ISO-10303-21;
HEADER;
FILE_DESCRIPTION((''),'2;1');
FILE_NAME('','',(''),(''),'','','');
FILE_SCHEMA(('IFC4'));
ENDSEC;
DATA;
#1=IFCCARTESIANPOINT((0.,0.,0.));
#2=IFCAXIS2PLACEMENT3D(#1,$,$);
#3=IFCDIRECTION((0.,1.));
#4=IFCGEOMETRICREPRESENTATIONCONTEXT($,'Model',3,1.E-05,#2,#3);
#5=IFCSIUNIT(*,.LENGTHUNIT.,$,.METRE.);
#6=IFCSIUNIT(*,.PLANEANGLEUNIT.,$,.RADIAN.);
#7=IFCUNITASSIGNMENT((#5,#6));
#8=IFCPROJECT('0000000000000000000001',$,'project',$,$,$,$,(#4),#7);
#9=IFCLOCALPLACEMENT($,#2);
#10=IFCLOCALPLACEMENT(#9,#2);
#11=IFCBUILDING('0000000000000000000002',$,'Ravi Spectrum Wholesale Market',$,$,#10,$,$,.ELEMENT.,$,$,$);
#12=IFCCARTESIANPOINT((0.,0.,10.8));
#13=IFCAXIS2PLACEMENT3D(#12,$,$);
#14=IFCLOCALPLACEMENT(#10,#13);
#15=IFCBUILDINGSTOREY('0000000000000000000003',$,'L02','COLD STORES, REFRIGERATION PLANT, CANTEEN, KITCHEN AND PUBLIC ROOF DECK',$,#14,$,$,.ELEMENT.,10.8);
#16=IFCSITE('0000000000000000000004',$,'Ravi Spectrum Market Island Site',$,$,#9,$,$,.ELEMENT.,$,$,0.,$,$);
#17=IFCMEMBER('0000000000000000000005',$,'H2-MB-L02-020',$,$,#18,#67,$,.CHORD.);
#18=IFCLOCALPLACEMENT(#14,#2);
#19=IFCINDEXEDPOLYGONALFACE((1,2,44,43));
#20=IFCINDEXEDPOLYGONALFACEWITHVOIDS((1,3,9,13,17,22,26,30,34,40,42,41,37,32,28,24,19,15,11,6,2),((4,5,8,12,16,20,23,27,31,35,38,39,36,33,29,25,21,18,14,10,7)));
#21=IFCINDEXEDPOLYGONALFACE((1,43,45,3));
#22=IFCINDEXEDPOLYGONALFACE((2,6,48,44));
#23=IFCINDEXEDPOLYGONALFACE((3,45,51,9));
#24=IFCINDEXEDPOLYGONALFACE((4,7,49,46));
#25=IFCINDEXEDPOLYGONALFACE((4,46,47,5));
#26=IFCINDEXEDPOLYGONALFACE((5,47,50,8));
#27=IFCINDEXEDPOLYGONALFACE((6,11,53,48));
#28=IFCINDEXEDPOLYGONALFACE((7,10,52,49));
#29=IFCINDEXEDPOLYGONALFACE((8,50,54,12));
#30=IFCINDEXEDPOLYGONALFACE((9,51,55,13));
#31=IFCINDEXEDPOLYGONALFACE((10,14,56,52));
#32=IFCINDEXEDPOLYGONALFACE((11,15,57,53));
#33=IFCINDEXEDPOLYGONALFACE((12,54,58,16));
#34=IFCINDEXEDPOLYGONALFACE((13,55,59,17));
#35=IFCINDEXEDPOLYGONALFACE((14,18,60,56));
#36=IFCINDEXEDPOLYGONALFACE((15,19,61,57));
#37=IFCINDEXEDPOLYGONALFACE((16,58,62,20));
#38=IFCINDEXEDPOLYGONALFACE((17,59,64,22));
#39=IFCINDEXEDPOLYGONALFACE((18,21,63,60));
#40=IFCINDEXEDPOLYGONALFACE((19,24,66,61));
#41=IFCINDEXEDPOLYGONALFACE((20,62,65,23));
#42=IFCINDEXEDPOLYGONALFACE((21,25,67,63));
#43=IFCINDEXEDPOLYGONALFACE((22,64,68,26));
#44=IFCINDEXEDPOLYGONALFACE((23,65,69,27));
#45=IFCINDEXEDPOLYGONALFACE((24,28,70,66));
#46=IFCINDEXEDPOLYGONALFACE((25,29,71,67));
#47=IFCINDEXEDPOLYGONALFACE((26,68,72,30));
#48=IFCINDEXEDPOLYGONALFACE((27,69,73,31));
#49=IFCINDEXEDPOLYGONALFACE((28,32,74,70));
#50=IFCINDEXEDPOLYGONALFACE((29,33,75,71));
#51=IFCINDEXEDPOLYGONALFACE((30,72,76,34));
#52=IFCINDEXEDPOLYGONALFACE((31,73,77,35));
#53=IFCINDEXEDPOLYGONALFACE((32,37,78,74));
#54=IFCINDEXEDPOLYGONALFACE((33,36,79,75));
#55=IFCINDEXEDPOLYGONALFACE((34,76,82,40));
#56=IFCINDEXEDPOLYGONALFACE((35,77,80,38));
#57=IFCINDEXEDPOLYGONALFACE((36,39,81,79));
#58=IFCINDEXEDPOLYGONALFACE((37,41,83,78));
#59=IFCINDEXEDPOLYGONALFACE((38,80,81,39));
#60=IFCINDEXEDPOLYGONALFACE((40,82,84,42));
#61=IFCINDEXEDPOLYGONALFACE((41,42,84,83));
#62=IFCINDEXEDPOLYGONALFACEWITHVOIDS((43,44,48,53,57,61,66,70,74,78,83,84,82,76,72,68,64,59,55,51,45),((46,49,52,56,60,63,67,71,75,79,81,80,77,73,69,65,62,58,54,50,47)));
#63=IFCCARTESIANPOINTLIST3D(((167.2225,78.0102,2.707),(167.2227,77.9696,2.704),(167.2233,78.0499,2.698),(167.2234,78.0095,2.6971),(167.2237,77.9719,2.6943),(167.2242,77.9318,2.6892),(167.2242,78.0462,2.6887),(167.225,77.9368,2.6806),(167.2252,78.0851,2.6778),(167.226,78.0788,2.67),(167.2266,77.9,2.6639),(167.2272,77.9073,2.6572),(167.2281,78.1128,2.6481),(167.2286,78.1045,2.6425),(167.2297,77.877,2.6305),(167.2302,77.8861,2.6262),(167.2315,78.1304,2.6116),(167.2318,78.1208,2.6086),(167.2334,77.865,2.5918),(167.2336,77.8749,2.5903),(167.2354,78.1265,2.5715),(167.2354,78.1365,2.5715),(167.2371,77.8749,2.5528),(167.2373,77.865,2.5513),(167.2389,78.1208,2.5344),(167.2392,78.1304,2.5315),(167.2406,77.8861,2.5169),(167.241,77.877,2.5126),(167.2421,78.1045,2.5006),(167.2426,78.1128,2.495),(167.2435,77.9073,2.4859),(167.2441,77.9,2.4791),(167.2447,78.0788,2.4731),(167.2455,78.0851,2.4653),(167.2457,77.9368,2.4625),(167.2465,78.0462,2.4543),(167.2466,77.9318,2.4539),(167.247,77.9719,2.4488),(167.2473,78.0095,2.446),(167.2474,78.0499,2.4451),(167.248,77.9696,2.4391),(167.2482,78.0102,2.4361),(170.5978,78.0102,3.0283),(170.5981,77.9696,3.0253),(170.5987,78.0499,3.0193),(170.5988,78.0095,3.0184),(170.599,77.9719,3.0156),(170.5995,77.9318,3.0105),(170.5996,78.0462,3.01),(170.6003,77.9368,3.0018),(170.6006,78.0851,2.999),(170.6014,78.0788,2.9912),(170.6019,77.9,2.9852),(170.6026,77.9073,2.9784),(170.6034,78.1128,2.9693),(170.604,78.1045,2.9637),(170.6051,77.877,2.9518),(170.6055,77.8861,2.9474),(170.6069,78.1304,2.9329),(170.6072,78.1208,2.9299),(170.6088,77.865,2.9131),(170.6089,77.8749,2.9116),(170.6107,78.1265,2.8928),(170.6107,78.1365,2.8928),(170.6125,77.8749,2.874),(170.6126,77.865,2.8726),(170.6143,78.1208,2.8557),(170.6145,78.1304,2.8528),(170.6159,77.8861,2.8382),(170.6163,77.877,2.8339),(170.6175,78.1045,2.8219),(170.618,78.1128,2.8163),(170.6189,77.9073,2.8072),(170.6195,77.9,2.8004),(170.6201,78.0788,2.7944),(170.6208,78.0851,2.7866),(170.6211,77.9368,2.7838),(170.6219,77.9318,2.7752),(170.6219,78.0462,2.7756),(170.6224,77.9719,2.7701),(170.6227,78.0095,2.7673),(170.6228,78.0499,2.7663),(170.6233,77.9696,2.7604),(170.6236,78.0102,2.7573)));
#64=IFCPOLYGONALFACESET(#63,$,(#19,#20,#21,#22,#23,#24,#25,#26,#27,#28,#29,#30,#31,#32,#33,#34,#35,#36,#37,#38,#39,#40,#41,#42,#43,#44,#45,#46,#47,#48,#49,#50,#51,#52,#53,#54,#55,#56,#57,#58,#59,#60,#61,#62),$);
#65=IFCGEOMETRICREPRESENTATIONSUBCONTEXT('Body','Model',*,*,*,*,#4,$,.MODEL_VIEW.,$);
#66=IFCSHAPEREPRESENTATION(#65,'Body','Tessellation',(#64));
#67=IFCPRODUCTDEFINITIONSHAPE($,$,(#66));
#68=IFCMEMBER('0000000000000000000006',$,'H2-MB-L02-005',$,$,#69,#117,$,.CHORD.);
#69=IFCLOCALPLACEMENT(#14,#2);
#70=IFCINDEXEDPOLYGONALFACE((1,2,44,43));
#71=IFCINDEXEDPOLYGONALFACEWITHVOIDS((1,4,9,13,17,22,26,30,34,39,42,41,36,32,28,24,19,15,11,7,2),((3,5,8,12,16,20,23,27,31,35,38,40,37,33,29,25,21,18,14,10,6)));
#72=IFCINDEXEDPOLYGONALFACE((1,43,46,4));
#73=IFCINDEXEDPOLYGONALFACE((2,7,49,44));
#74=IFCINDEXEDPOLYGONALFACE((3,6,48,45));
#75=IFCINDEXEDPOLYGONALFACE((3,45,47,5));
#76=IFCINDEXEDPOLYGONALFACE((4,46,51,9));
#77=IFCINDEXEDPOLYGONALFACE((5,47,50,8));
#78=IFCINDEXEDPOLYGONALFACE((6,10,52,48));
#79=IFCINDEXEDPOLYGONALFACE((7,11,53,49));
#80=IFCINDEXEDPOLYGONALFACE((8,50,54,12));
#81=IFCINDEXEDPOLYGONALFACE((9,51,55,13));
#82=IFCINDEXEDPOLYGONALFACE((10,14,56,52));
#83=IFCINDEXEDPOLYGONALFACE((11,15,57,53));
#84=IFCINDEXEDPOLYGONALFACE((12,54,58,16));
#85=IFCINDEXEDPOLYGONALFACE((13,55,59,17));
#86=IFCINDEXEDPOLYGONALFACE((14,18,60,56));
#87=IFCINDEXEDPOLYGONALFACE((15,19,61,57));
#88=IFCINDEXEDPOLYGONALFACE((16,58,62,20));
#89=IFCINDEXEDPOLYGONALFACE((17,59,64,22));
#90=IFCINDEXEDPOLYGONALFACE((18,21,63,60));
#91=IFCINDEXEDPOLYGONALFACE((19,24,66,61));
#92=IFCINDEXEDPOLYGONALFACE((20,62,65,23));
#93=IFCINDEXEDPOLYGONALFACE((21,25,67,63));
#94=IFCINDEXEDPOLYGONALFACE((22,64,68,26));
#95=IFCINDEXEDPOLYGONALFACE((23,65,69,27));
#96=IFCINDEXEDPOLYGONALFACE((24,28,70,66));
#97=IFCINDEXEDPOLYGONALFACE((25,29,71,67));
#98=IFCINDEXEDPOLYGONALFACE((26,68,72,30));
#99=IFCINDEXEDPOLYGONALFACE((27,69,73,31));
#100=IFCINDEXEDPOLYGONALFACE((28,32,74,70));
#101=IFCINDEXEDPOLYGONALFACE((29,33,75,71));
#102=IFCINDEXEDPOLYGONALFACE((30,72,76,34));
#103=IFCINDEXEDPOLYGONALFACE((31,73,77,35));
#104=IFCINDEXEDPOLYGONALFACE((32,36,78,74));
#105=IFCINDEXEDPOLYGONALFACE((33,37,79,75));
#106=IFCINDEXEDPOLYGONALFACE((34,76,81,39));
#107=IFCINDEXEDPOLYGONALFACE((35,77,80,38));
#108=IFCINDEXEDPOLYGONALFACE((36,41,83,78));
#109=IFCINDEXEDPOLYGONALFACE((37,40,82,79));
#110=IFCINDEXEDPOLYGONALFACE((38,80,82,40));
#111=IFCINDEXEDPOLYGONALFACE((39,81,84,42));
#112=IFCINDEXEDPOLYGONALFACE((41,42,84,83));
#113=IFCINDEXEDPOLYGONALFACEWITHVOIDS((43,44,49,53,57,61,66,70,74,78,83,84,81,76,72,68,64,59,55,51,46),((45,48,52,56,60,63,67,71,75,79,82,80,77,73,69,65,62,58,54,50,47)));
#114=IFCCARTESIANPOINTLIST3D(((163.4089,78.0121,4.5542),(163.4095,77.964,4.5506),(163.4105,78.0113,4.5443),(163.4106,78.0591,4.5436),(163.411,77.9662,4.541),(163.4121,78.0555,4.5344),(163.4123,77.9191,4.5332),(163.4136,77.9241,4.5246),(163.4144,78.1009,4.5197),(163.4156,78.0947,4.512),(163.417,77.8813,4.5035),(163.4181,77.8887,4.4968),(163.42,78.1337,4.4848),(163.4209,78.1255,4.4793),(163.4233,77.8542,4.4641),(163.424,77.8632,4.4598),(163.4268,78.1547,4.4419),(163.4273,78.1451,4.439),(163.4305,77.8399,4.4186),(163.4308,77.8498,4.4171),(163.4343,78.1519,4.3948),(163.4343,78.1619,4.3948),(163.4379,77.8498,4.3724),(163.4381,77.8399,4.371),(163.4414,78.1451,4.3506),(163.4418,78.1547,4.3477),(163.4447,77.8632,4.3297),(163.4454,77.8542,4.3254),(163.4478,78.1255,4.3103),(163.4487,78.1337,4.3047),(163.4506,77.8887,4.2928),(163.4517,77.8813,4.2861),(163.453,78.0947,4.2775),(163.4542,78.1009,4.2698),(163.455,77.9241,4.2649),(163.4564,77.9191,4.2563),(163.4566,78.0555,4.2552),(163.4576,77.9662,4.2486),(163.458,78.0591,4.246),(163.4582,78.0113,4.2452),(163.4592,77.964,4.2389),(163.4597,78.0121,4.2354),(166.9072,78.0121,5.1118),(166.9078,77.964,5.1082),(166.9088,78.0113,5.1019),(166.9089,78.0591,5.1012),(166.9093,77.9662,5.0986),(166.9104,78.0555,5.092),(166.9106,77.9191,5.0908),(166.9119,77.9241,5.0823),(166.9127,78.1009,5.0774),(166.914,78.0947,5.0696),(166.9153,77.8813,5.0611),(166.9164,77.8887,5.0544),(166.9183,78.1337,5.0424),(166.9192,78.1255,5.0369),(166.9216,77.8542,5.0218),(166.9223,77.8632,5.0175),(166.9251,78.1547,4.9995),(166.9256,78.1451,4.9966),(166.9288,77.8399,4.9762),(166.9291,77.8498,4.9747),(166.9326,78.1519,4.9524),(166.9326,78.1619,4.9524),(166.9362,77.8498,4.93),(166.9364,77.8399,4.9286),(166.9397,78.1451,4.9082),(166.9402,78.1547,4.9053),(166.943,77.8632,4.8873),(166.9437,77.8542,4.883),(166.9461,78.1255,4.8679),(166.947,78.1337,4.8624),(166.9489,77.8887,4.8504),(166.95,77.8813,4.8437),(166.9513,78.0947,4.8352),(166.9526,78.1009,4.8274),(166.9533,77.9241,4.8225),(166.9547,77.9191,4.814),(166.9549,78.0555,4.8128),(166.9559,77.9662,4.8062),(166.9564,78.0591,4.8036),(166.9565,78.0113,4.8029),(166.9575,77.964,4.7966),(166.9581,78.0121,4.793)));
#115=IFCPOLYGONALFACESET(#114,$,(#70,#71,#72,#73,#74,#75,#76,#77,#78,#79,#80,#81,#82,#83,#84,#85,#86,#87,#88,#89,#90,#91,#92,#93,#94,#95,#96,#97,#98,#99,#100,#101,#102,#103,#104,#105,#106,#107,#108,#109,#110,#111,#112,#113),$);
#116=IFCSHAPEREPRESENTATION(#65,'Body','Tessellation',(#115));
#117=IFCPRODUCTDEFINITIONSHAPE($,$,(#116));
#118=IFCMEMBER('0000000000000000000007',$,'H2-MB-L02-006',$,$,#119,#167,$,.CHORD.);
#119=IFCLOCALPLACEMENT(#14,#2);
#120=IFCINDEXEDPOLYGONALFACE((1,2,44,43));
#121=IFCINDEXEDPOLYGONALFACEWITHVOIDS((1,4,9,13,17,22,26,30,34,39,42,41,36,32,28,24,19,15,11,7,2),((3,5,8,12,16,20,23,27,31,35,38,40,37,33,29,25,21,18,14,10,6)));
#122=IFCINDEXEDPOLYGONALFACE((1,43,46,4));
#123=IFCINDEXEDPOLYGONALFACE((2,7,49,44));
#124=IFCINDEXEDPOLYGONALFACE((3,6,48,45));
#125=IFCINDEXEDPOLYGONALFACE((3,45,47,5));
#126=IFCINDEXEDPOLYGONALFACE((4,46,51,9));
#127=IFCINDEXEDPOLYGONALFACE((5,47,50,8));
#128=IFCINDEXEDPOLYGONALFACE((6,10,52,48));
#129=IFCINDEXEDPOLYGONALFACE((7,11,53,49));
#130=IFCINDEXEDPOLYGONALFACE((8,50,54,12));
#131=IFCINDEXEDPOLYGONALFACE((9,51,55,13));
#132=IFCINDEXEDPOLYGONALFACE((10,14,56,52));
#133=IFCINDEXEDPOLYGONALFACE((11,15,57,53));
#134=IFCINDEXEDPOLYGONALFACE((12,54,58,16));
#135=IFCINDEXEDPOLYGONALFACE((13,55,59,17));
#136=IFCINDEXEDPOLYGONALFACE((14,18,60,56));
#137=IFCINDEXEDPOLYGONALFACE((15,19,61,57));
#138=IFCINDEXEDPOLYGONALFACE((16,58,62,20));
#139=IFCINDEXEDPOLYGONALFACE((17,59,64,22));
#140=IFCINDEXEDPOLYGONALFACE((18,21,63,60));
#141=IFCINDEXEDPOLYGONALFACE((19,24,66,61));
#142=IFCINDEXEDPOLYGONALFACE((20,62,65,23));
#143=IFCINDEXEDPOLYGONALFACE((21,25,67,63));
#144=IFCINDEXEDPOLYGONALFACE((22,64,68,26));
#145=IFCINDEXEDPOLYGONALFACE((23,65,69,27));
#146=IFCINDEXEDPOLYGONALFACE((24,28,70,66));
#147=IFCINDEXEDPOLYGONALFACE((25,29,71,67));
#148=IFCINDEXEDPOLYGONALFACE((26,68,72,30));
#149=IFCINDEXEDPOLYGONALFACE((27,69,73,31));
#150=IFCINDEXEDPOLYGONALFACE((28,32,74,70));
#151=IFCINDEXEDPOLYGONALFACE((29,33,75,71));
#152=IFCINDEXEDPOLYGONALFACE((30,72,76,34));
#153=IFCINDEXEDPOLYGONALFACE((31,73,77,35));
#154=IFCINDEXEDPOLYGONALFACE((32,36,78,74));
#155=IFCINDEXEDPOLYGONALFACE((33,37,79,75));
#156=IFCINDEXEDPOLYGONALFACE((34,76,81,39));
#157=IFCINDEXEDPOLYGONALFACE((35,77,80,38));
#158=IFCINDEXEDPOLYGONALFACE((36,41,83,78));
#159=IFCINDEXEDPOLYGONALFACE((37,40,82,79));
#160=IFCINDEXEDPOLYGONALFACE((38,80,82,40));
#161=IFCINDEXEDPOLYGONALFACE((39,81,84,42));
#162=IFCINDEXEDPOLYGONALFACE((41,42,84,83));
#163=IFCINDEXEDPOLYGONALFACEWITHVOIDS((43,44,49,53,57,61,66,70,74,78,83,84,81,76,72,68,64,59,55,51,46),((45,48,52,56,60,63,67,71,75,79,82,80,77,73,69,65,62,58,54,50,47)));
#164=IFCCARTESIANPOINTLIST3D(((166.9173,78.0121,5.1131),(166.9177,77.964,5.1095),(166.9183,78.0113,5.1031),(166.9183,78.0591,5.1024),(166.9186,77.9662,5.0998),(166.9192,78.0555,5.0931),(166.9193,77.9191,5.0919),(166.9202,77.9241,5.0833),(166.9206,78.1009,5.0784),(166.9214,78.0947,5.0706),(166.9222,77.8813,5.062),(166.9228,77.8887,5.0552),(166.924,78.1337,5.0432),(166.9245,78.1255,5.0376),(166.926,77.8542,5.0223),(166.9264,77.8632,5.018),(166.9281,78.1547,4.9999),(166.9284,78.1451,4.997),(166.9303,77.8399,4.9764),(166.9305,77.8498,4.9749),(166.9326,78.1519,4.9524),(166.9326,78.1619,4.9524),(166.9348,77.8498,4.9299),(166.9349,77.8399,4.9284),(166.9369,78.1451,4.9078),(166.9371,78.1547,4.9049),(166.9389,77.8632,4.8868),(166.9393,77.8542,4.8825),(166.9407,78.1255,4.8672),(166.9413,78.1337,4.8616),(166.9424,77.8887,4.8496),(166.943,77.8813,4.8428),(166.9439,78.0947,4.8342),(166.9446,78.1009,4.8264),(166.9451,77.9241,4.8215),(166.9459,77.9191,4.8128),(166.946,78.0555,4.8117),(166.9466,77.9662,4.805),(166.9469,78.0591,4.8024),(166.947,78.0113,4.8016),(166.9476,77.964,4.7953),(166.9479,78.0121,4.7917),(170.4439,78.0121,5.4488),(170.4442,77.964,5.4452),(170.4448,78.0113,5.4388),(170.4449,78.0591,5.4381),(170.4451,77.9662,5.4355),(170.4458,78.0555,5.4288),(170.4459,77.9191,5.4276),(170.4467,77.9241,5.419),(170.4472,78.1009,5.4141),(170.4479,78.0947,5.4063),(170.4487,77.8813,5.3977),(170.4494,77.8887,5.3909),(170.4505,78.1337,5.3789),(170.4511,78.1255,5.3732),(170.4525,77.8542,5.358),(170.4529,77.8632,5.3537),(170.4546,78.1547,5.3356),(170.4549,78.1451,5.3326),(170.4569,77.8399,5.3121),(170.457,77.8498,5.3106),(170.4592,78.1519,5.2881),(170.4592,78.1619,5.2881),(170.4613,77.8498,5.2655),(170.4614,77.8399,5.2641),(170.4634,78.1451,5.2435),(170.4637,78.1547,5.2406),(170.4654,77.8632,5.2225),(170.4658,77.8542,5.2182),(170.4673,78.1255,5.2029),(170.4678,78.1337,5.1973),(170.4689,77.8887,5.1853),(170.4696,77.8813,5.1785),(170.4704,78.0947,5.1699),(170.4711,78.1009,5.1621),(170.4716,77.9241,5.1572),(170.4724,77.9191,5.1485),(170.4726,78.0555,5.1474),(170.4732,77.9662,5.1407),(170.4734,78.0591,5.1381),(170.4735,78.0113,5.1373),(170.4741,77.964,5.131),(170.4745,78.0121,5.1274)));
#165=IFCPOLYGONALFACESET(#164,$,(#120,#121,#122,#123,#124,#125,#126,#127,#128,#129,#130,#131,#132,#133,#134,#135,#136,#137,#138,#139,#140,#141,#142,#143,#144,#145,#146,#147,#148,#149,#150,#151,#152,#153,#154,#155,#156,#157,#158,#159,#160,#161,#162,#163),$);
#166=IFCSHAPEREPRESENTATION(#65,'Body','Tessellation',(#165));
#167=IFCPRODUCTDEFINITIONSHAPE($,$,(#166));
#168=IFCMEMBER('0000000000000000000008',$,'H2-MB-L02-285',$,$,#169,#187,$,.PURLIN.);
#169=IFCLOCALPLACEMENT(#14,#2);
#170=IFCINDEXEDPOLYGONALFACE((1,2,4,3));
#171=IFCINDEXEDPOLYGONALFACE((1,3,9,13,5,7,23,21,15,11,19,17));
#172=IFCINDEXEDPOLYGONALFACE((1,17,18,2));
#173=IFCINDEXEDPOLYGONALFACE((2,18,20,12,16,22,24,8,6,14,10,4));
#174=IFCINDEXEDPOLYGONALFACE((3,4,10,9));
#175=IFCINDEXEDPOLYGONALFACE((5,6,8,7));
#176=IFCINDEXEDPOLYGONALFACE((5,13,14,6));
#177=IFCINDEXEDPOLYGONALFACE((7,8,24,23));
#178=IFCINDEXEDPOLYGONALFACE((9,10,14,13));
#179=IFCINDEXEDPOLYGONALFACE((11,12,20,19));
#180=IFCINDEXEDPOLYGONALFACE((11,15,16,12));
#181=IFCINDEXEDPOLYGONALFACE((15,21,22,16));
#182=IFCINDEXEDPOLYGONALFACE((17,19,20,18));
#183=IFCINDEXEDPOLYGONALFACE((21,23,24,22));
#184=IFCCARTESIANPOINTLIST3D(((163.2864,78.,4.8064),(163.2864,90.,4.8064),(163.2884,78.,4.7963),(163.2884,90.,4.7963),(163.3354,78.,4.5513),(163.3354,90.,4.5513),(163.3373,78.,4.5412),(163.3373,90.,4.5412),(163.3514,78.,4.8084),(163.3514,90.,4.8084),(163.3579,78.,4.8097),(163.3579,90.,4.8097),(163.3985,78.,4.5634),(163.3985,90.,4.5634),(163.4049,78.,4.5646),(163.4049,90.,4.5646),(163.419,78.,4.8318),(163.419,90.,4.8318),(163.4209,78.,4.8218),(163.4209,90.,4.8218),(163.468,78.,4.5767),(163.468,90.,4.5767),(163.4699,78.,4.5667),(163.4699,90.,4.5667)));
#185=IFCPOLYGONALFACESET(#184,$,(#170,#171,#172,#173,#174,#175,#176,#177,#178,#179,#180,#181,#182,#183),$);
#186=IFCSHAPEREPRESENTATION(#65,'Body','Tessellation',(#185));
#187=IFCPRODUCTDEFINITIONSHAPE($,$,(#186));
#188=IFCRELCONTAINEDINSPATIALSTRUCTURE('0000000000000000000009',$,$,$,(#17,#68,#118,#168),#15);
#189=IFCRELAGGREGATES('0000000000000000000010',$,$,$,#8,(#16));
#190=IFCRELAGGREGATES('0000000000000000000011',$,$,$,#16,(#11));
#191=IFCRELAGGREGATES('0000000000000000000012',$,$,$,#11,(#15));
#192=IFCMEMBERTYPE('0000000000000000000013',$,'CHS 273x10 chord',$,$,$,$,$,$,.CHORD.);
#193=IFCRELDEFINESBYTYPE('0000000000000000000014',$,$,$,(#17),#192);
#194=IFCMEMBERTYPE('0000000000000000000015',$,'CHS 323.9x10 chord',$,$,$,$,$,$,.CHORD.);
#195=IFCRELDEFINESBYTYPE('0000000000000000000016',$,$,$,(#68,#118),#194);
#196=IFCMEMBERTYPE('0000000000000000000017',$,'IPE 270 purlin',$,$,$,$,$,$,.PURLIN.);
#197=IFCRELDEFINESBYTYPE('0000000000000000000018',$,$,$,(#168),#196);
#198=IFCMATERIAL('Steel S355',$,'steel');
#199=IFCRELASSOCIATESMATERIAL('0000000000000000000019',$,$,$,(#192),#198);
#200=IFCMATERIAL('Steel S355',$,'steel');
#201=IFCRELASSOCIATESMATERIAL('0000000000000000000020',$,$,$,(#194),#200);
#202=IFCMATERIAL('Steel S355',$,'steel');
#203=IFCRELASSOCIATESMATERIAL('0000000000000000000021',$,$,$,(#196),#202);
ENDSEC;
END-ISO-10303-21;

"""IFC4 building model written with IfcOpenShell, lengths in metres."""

from ifc_helpers import new_model, si_unit, direction, frame, origin, origin_2d, place, context, subcontext, project, spatial, hollow_circle, i_section, extrude, material, material_profile, profile_set, type_object, element, save


model = new_model("IFC4")

# Units and contexts
model_context = context("Model", 3, precision=1e-05, world=origin(), true_north=direction((0.0, 1.0)))
body_context = subcontext(model_context, "Body", "Model", "MODEL_VIEW")
ifc_project = project(units=[si_unit("LENGTHUNIT", "METRE"), si_unit("PLANEANGLEUNIT", "RADIAN")], contexts=[model_context])

# Site, building, storey
site_placement = place(None, origin())
site = spatial("IfcSite", under=ifc_project, at=site_placement, Name="Ravi Spectrum Market Island Site", CompositionType="ELEMENT", RefElevation=0.0)
building_placement = place(site_placement, origin())
building = spatial("IfcBuilding", under=site, at=building_placement, Name="Ravi Spectrum Wholesale Market", CompositionType="ELEMENT")
storey_placement = place(building_placement, frame((0.0, 0.0, 10.8)))
storey = spatial("IfcBuildingStorey", under=building, at=storey_placement, Name="L02", Description="COLD STORES, REFRIGERATION PLANT, CANTEEN, KITCHEN AND PUBLIC ROOF DECK", CompositionType="ELEMENT", Elevation=10.8)

# Members
ifc_material_1 = material(Name="Steel S355", Category="steel")
ifc_material_profile_1 = material_profile(ifc_material_1, hollow_circle(Radius=0.1365, WallThickness=0.01, at=origin_2d()))
ifc_profile_set_1 = profile_set([ifc_material_profile_1], Name="Steel S355")
member_type_1 = type_object("IfcMemberType", Name="CHS 273x10 chord", PredefinedType="CHORD", material=ifc_profile_set_1)
member_1_placement = place(storey_placement, frame((167.2354, 78.0, 2.5715), z_axis=(0.995501, 0.0, 0.094755), x_axis=(0.0, 1.0, 0.0)))
element("IfcMember", 1, at=member_1_placement, inside=storey, type_object=member_type_1, Name="H2-MB-L02-020", PredefinedType="CHORD", context=body_context, shape_type="SweptSolid", body=[
    extrude(hollow_circle(Radius=0.1365, WallThickness=0.01, at=origin_2d()), origin(), (0.0, 0.0, 1.0), 3.3906),
])
ifc_material_2 = material(Name="Steel S355", Category="steel")
ifc_material_profile_2 = material_profile(ifc_material_2, hollow_circle(Radius=0.1619, WallThickness=0.01, at=origin_2d()))
ifc_profile_set_2 = profile_set([ifc_material_profile_2], Name="Steel S355")
member_type_2 = type_object("IfcMemberType", Name="CHS 323.9x10 chord", PredefinedType="CHORD", material=ifc_profile_set_2)
for number, where, z_axis, x_axis, name in (
    (2, (163.4343, 78.0, 4.3948), (0.987533, 0.0, 0.15741), (0.0, 1.0, 0.0), "H2-MB-L02-005"),
    (3, (166.9326, 78.0, 4.9524), (0.9955, 0.0, 0.09476), (0.0, 1.0, 0.0), "H2-MB-L02-006"),
):
    element("IfcMember", number, at=place(storey_placement, frame(where, z_axis=z_axis, x_axis=x_axis)), inside=storey, type_object=member_type_2, Name=name, PredefinedType="CHORD", context=body_context, shape_type="SweptSolid", body=[
        extrude(hollow_circle(Radius=0.1619, WallThickness=0.01, at=origin_2d()), origin(), (0.0, 0.0, 1.0), 3.5425),
    ])
ifc_material_3 = material(Name="Steel S355", Category="steel")
ifc_material_profile_3 = material_profile(ifc_material_3, i_section(OverallWidth=0.135, OverallDepth=0.27, WebThickness=0.0066, FlangeThickness=0.0103, at=origin_2d()))
ifc_profile_set_3 = profile_set([ifc_material_profile_3], Name="Steel S355")
member_type_3 = type_object("IfcMemberType", Name="IPE 270 purlin", PredefinedType="PURLIN", material=ifc_profile_set_3)
member_2_placement = place(storey_placement, frame((163.3782, 78.0, 4.6865), z_axis=(0.0, 1.0, 0.0), x_axis=(-0.982061, 0.0, -0.188562)))
element("IfcMember", 4, at=member_2_placement, inside=storey, type_object=member_type_3, Name="H2-MB-L02-285", PredefinedType="PURLIN", context=body_context, shape_type="SweptSolid", body=[
    extrude(i_section(OverallWidth=0.135, OverallDepth=0.27, WebThickness=0.0066, FlangeThickness=0.0103, at=origin_2d()), origin(), (0.0, 0.0, 1.0), 12.0),
])

save(model, "model.ifc")
